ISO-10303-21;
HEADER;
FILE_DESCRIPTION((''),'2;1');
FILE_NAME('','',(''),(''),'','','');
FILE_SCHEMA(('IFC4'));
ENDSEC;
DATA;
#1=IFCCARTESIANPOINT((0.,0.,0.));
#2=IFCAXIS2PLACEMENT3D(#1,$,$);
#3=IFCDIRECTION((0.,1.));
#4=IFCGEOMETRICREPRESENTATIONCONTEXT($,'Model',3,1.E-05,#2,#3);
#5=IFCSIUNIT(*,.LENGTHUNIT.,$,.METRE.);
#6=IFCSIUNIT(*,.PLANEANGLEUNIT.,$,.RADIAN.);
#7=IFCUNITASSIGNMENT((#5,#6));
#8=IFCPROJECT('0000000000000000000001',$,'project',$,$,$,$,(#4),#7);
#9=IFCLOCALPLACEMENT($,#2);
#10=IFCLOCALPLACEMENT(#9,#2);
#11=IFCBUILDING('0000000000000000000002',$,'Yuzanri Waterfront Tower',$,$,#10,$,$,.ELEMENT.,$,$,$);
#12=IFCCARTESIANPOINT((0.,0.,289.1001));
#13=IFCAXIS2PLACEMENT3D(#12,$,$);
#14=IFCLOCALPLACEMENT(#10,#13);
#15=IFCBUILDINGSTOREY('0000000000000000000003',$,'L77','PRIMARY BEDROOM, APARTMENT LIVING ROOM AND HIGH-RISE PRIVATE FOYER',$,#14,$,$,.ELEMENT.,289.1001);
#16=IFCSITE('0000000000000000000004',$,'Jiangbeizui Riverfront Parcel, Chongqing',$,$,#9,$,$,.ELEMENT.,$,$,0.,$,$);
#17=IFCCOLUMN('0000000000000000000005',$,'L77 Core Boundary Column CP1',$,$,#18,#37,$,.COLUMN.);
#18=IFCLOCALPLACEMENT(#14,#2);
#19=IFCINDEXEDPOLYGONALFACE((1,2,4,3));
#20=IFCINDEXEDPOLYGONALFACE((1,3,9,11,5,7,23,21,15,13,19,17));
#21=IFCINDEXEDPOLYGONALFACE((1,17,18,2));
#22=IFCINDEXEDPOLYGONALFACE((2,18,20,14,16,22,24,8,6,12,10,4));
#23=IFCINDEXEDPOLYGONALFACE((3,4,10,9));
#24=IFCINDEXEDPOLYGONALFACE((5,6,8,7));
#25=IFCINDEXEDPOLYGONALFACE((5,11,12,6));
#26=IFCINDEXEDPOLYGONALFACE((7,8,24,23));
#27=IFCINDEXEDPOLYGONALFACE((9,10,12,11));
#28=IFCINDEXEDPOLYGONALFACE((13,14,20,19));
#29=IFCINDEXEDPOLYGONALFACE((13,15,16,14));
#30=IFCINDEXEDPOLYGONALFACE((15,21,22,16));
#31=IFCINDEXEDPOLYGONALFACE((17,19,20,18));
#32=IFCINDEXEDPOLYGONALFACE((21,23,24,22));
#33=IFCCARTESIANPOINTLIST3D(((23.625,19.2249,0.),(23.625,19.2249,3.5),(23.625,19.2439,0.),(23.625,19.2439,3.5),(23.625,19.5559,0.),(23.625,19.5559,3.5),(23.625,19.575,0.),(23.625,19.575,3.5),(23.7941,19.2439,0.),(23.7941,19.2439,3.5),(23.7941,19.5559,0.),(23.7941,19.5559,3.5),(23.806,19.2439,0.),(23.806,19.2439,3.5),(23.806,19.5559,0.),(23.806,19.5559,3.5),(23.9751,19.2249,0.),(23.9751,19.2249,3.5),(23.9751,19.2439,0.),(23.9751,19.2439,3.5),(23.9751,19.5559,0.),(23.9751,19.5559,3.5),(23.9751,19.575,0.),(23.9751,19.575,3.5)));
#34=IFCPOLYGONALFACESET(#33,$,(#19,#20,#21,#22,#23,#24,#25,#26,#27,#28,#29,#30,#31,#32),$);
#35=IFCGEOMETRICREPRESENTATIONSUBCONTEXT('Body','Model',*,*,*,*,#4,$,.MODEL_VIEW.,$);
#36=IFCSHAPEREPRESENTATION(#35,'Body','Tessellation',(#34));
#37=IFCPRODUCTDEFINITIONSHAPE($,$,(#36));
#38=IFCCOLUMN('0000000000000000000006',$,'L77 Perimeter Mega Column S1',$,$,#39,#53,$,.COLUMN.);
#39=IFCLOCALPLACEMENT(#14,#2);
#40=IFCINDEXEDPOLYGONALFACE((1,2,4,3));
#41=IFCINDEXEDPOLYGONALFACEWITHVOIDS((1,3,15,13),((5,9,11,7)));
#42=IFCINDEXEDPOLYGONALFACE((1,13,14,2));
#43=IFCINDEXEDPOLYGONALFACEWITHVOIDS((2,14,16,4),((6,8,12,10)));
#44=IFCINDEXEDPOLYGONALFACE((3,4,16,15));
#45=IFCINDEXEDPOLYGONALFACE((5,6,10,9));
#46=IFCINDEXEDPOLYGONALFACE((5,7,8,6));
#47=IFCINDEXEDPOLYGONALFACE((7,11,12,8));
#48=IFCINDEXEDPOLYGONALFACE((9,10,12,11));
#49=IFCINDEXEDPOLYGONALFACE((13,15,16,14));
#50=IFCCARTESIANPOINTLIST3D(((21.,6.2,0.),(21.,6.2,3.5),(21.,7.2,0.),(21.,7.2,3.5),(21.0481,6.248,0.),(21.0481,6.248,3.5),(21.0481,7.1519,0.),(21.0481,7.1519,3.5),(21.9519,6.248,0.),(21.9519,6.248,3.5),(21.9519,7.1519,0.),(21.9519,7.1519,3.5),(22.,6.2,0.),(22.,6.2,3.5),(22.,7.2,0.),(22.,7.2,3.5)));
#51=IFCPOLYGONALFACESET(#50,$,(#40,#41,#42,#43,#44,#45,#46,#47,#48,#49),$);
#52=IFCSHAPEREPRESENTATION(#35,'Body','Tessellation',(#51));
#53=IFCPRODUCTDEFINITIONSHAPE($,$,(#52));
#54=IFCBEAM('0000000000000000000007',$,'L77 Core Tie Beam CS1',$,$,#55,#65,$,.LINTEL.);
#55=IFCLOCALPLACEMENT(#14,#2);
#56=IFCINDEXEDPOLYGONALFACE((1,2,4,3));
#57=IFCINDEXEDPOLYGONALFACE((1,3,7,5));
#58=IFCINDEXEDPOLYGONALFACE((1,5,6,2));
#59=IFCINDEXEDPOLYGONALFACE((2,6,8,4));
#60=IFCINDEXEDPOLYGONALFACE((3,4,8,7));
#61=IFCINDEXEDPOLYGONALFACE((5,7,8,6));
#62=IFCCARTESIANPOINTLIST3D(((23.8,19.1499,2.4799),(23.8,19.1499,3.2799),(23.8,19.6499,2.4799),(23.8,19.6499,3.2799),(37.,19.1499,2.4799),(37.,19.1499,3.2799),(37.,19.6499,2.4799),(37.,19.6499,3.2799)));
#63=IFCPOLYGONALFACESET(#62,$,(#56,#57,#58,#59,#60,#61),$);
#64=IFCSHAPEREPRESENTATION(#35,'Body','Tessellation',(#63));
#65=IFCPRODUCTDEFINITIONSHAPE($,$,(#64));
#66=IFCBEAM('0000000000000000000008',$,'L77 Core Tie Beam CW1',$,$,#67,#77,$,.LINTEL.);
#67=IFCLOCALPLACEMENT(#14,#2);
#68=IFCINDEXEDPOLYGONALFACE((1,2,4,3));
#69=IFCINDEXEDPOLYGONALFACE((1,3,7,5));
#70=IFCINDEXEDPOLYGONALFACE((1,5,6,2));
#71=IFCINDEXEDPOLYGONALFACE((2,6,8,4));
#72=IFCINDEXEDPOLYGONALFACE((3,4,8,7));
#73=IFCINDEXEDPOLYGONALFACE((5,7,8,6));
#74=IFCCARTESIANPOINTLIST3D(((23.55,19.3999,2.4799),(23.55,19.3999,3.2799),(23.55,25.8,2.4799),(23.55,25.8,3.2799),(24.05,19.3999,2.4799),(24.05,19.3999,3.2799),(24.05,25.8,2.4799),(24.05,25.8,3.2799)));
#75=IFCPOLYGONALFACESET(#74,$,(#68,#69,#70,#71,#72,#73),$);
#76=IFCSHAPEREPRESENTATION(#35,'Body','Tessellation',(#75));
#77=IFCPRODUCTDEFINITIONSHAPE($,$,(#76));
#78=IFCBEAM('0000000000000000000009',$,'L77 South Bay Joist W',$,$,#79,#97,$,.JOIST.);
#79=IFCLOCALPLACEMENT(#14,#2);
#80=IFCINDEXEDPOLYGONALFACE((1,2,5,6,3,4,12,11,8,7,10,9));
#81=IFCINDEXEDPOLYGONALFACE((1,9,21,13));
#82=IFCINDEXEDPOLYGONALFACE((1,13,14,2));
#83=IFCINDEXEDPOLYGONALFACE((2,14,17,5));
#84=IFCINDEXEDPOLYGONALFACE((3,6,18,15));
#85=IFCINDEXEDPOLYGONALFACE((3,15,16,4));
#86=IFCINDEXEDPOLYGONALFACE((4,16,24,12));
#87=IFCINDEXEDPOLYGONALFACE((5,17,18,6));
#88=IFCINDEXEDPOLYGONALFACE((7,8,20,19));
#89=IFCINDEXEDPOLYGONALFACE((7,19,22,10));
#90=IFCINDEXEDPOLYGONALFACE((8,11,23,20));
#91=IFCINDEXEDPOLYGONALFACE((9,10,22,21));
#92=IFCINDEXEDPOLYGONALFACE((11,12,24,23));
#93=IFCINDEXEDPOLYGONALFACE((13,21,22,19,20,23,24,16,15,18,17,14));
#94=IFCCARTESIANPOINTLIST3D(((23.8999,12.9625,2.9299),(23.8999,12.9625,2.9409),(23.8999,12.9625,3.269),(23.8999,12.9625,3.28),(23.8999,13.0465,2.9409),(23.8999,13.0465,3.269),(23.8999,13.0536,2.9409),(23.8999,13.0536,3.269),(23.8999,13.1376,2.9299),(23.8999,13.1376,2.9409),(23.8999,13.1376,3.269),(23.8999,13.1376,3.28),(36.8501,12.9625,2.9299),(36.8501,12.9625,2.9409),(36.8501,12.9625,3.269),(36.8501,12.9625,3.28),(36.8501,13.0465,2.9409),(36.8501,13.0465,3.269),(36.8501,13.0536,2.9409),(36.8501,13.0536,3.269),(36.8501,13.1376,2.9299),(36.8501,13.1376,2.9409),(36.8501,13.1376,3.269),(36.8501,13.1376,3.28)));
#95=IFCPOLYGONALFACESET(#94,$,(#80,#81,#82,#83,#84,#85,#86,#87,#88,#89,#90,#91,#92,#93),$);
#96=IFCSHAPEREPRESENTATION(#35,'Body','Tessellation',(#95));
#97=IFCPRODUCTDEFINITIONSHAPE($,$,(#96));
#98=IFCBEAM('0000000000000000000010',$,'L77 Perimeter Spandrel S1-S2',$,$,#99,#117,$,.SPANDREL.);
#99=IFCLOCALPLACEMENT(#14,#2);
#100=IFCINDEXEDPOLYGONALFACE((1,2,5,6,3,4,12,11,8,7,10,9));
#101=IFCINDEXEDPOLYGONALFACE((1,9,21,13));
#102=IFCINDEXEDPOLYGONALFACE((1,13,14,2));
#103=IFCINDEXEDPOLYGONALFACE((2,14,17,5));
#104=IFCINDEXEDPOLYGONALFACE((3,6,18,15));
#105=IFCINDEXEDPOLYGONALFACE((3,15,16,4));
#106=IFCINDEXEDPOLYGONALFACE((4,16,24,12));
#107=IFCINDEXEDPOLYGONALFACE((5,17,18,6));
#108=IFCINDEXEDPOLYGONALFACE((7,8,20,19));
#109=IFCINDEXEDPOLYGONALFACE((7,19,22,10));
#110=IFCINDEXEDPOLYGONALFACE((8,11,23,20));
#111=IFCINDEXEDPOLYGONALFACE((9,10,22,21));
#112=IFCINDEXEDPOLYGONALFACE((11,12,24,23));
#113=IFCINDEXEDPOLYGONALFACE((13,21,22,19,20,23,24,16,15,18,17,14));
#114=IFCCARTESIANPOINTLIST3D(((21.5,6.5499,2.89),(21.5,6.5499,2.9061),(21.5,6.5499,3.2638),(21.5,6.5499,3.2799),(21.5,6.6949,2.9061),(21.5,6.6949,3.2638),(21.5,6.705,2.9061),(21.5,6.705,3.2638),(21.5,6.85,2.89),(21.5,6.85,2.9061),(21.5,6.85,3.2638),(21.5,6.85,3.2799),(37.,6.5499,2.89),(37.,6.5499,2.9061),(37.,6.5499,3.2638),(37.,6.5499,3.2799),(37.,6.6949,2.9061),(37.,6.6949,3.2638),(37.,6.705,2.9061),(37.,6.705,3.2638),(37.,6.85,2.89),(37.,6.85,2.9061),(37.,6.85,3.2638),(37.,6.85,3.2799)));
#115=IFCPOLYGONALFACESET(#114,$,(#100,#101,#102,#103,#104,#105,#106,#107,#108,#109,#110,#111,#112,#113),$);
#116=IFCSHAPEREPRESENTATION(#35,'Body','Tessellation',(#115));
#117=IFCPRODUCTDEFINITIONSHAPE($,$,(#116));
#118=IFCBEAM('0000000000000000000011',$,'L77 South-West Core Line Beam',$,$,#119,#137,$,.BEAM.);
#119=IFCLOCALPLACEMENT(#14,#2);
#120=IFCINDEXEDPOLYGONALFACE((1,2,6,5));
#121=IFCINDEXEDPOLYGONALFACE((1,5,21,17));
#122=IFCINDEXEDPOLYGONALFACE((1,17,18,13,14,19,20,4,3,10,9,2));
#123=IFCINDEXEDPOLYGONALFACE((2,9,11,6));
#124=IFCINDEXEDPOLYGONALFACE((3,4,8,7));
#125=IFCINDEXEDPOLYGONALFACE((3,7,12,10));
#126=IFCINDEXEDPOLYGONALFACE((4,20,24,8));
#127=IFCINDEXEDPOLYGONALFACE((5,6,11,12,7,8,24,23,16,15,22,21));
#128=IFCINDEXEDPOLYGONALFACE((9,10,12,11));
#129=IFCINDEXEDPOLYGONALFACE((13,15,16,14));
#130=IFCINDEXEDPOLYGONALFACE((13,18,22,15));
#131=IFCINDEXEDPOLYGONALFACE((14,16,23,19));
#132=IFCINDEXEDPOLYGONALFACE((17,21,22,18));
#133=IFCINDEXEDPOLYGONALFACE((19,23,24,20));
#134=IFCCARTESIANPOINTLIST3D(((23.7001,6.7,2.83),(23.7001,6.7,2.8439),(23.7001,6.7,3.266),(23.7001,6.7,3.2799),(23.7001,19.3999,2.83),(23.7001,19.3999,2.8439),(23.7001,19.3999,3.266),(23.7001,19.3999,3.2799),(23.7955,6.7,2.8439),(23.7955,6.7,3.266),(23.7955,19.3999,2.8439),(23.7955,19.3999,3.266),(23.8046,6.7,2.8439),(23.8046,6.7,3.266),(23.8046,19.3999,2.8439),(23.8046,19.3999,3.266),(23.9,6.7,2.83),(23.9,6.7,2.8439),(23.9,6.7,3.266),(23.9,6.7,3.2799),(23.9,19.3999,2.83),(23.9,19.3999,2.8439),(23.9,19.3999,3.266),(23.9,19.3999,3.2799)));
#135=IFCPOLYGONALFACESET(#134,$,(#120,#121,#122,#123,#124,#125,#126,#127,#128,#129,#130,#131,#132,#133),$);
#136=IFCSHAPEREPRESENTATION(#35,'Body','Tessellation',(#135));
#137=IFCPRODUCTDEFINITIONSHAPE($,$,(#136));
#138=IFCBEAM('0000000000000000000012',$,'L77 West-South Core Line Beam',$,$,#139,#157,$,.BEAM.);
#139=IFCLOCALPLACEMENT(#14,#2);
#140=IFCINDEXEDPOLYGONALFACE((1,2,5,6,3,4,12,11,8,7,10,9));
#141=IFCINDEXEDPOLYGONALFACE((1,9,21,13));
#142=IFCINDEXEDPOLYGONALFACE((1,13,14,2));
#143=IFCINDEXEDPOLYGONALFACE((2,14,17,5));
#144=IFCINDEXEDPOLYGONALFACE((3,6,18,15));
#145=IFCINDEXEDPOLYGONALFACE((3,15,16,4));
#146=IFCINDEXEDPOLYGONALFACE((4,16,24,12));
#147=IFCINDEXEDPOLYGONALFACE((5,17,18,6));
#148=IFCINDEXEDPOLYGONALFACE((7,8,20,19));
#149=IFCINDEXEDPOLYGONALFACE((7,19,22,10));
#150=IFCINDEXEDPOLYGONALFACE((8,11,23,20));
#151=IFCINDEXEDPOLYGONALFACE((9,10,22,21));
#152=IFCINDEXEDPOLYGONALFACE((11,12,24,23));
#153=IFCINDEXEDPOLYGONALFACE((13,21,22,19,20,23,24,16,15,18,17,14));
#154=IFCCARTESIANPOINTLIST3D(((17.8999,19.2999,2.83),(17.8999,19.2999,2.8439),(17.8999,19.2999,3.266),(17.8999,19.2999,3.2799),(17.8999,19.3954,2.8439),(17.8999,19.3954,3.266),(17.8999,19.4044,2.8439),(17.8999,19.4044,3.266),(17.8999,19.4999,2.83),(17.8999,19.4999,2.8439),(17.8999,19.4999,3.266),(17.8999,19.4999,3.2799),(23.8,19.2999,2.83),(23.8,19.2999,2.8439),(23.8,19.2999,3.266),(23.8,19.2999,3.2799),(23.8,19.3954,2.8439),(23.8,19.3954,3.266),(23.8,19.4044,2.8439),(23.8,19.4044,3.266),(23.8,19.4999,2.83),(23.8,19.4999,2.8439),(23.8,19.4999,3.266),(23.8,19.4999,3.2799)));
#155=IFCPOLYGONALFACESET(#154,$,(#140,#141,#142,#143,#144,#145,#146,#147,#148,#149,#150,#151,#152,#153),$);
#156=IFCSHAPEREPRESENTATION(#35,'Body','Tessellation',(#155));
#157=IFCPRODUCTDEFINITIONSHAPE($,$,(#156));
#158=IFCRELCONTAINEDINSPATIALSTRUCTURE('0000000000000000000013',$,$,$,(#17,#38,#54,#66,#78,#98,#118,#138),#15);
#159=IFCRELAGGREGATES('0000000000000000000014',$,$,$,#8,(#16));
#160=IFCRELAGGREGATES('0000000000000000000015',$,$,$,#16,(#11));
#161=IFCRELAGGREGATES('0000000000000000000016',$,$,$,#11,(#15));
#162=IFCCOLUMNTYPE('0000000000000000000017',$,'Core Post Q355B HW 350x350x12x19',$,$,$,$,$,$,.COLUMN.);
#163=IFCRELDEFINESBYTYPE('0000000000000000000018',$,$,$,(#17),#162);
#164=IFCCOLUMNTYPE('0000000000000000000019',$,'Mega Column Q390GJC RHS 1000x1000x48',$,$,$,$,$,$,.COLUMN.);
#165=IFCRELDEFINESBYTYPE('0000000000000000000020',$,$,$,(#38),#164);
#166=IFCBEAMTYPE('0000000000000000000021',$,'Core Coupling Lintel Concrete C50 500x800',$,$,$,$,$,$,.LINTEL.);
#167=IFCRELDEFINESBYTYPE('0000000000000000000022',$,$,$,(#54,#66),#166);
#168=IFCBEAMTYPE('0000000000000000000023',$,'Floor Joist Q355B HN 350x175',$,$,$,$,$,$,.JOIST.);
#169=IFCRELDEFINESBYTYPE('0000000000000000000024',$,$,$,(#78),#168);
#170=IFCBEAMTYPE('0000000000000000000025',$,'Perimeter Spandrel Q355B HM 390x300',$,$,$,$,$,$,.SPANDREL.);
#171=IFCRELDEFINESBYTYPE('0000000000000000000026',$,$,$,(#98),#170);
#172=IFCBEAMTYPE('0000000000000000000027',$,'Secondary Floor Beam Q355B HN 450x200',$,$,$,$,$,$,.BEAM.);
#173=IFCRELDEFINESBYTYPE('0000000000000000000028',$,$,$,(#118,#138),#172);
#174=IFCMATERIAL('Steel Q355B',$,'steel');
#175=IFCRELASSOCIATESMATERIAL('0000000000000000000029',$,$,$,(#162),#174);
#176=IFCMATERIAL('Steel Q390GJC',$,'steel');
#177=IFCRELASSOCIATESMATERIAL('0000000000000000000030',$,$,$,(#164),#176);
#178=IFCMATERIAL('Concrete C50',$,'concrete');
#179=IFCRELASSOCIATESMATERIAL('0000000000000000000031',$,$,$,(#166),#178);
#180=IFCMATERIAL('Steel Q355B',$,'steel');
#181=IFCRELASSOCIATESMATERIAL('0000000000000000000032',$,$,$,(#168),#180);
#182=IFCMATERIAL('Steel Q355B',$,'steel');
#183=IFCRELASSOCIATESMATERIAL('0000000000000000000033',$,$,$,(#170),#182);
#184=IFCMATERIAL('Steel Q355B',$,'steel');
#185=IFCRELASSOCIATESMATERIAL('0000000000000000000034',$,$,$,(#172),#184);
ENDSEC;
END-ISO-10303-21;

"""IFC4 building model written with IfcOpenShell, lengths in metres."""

from ifc_helpers import new_model, si_unit, direction, frame, origin, origin_2d, place, context, subcontext, project, spatial, rectangle, hollow_rectangle, i_section, extrude, source, transform, mapped, material, material_profile, profile_set, type_object, element, save


model = new_model("IFC4")

# Units and contexts
model_context = context("Model", 3, precision=1e-05, world=origin(), true_north=direction((0.0, 1.0)))
body_context = subcontext(model_context, "Body", "Model", "MODEL_VIEW")
ifc_project = project(units=[si_unit("LENGTHUNIT", "METRE"), si_unit("PLANEANGLEUNIT", "RADIAN")], contexts=[model_context])

# Site, building, storey
site_placement = place(None, origin())
site = spatial("IfcSite", under=ifc_project, at=site_placement, Name="Jiangbeizui Riverfront Parcel, Chongqing", CompositionType="ELEMENT", RefElevation=0.0)
building_placement = place(site_placement, origin())
building = spatial("IfcBuilding", under=site, at=building_placement, Name="Yuzanri Waterfront Tower", CompositionType="ELEMENT")
storey_placement = place(building_placement, frame((0.0, 0.0, 289.1001)))
storey = spatial("IfcBuildingStorey", under=building, at=storey_placement, Name="L77", Description="PRIMARY BEDROOM, APARTMENT LIVING ROOM AND HIGH-RISE PRIVATE FOYER", CompositionType="ELEMENT", Elevation=289.1001)

# Columns
ifc_material_1 = material(Name="Steel Q355B", Category="steel")
ifc_material_profile_1 = material_profile(ifc_material_1, i_section(OverallWidth=0.3501, OverallDepth=0.3501, WebThickness=0.012, FlangeThickness=0.019, at=origin_2d()), Name="HW 350x350x12x19")
ifc_profile_set_1 = profile_set([ifc_material_profile_1], Name="Steel Q355B")
column_type_1 = type_object("IfcColumnType", Name="Core Post Q355B HW 350x350x12x19", PredefinedType="COLUMN", material=ifc_profile_set_1)
shared_shape_1 = source(origin(), body_context, "Body", "SweptSolid", [
    extrude(i_section(OverallWidth=0.3501, OverallDepth=0.3501, WebThickness=0.012, FlangeThickness=0.019, at=origin_2d()), origin(), (0.0, 0.0, 1.0), 3.5),
])
column_1_placement = place(storey_placement, frame((23.8, 19.3999, 0.0), z_axis=(0.0, 0.0, 1.0), x_axis=(1.0, 0.0, 0.0)))
element("IfcColumn", 1, at=column_1_placement, inside=storey, type_object=column_type_1, Name="L77 Core Boundary Column CP1", PredefinedType="COLUMN", context=body_context, shape_type="MappedRepresentation", body=[
    mapped(shared_shape_1, transform((0.0, 0.0, 0.0), scale=1.0)),
])
ifc_material_2 = material(Name="Steel Q390GJC", Category="steel")
ifc_material_profile_2 = material_profile(ifc_material_2, hollow_rectangle(XDim=1.0, YDim=1.0, WallThickness=0.0481, at=origin_2d()), Name="RHS 1000x1000x48")
ifc_profile_set_2 = profile_set([ifc_material_profile_2], Name="Steel Q390GJC")
column_type_2 = type_object("IfcColumnType", Name="Mega Column Q390GJC RHS 1000x1000x48", PredefinedType="COLUMN", material=ifc_profile_set_2)
shared_shape_2 = source(origin(), body_context, "Body", "SweptSolid", [
    extrude(hollow_rectangle(XDim=1.0, YDim=1.0, WallThickness=0.0481, at=origin_2d()), origin(), (0.0, 0.0, 1.0), 3.5),
])
column_2_placement = place(storey_placement, frame((21.5, 6.7, 0.0), z_axis=(0.0, 0.0, 1.0), x_axis=(1.0, 0.0, 0.0)))
element("IfcColumn", 2, at=column_2_placement, inside=storey, type_object=column_type_2, Name="L77 Perimeter Mega Column S1", PredefinedType="COLUMN", context=body_context, shape_type="MappedRepresentation", body=[
    mapped(shared_shape_2, transform((0.0, 0.0, 0.0), scale=1.0)),
])

# Beams
ifc_material_3 = material(Name="Concrete C50", Category="concrete")
ifc_material_profile_3 = material_profile(ifc_material_3, rectangle(XDim=0.5, YDim=0.8, at=origin_2d()), Name="RC 500x800")
ifc_profile_set_3 = profile_set([ifc_material_profile_3], Name="Concrete C50")
beam_type_1 = type_object("IfcBeamType", Name="Core Coupling Lintel Concrete C50 500x800", PredefinedType="LINTEL", material=ifc_profile_set_3)
shared_shape_3 = source(origin(), body_context, "Body", "SweptSolid", [
    extrude(rectangle(XDim=0.5, YDim=0.8, at=origin_2d()), origin(), (0.0, 0.0, 1.0), 13.2),
])
beam_1_placement = place(storey_placement, frame((23.8, 19.3999, 2.8799), z_axis=(1.0, 0.0, 0.0), x_axis=(0.0, 1.0, 0.0)))
element("IfcBeam", 3, at=beam_1_placement, inside=storey, type_object=beam_type_1, Name="L77 Core Tie Beam CS1", PredefinedType="LINTEL", context=body_context, shape_type="MappedRepresentation", body=[
    mapped(shared_shape_3, transform((0.0, 0.0, 0.0), scale=1.0)),
])
shared_shape_4 = source(origin(), body_context, "Body", "SweptSolid", [
    extrude(rectangle(XDim=0.5, YDim=0.8, at=origin_2d()), origin(), (0.0, 0.0, 1.0), 6.4001),
])
beam_2_placement = place(storey_placement, frame((23.8, 19.3999, 2.8799), z_axis=(0.0, 1.0, 0.0), x_axis=(-1.0, 0.0, 0.0)))
element("IfcBeam", 4, at=beam_2_placement, inside=storey, type_object=beam_type_1, Name="L77 Core Tie Beam CW1", PredefinedType="LINTEL", context=body_context, shape_type="MappedRepresentation", body=[
    mapped(shared_shape_4, transform((0.0, 0.0, 0.0), scale=1.0)),
])
ifc_material_4 = material(Name="Steel Q355B", Category="steel")
ifc_material_profile_4 = material_profile(ifc_material_4, i_section(OverallWidth=0.175, OverallDepth=0.3501, WebThickness=0.0071, FlangeThickness=0.011, at=origin_2d()), Name="HN 350x175x7x11")
ifc_profile_set_4 = profile_set([ifc_material_profile_4], Name="Steel Q355B")
beam_type_2 = type_object("IfcBeamType", Name="Floor Joist Q355B HN 350x175", PredefinedType="JOIST", material=ifc_profile_set_4)
shared_shape_5 = source(origin(), body_context, "Body", "SweptSolid", [
    extrude(i_section(OverallWidth=0.175, OverallDepth=0.3501, WebThickness=0.0071, FlangeThickness=0.011, at=origin_2d()), origin(), (0.0, 0.0, 1.0), 12.9502),
])
beam_3_placement = place(storey_placement, frame((23.8999, 13.05, 3.105), z_axis=(1.0, 0.0, 0.0), x_axis=(0.0, 1.0, 0.0)))
element("IfcBeam", 5, at=beam_3_placement, inside=storey, type_object=beam_type_2, Name="L77 South Bay Joist W", PredefinedType="JOIST", context=body_context, shape_type="MappedRepresentation", body=[
    mapped(shared_shape_5, transform((0.0, 0.0, 0.0), scale=1.0)),
])
ifc_material_5 = material(Name="Steel Q355B", Category="steel")
ifc_material_profile_5 = material_profile(ifc_material_5, i_section(OverallWidth=0.3, OverallDepth=0.3899, WebThickness=0.01, FlangeThickness=0.0161, at=origin_2d()), Name="HM 390x300x10x16")
ifc_profile_set_5 = profile_set([ifc_material_profile_5], Name="Steel Q355B")
beam_type_3 = type_object("IfcBeamType", Name="Perimeter Spandrel Q355B HM 390x300", PredefinedType="SPANDREL", material=ifc_profile_set_5)
shared_shape_6 = source(origin(), body_context, "Body", "SweptSolid", [
    extrude(i_section(OverallWidth=0.3, OverallDepth=0.3899, WebThickness=0.01, FlangeThickness=0.0161, at=origin_2d()), origin(), (0.0, 0.0, 1.0), 15.5),
])
beam_4_placement = place(storey_placement, frame((21.5, 6.7, 3.085), z_axis=(1.0, 0.0, 0.0), x_axis=(0.0, 1.0, 0.0)))
element("IfcBeam", 6, at=beam_4_placement, inside=storey, type_object=beam_type_3, Name="L77 Perimeter Spandrel S1-S2", PredefinedType="SPANDREL", context=body_context, shape_type="MappedRepresentation", body=[
    mapped(shared_shape_6, transform((0.0, 0.0, 0.0), scale=1.0)),
])
ifc_material_6 = material(Name="Steel Q355B", Category="steel")
ifc_material_profile_6 = material_profile(ifc_material_6, i_section(OverallWidth=0.2, OverallDepth=0.45, WebThickness=0.009, FlangeThickness=0.0139, at=origin_2d()), Name="HN 450x200x9x14")
ifc_profile_set_6 = profile_set([ifc_material_profile_6], Name="Steel Q355B")
beam_type_4 = type_object("IfcBeamType", Name="Secondary Floor Beam Q355B HN 450x200", PredefinedType="BEAM", material=ifc_profile_set_6)
shared_shape_7 = source(origin(), body_context, "Body", "SweptSolid", [
    extrude(i_section(OverallWidth=0.2, OverallDepth=0.45, WebThickness=0.009, FlangeThickness=0.0139, at=origin_2d()), origin(), (0.0, 0.0, 1.0), 12.7),
])
beam_5_placement = place(storey_placement, frame((23.8, 19.3999, 3.0549), z_axis=(0.0, -1.0, 0.0), x_axis=(1.0, 0.0, 0.0)))
element("IfcBeam", 7, at=beam_5_placement, inside=storey, type_object=beam_type_4, Name="L77 South-West Core Line Beam", PredefinedType="BEAM", context=body_context, shape_type="MappedRepresentation", body=[
    mapped(shared_shape_7, transform((0.0, 0.0, 0.0), scale=1.0)),
])
shared_shape_8 = source(origin(), body_context, "Body", "SweptSolid", [
    extrude(i_section(OverallWidth=0.2, OverallDepth=0.45, WebThickness=0.009, FlangeThickness=0.0139, at=origin_2d()), origin(), (0.0, 0.0, 1.0), 5.9001),
])
beam_6_placement = place(storey_placement, frame((23.8, 19.3999, 3.0549), z_axis=(-1.0, 0.0, 0.0), x_axis=(0.0, -1.0, 0.0)))
element("IfcBeam", 8, at=beam_6_placement, inside=storey, type_object=beam_type_4, Name="L77 West-South Core Line Beam", PredefinedType="BEAM", context=body_context, shape_type="MappedRepresentation", body=[
    mapped(shared_shape_8, transform((0.0, 0.0, 0.0), scale=1.0)),
])

save(model, "model.ifc")
